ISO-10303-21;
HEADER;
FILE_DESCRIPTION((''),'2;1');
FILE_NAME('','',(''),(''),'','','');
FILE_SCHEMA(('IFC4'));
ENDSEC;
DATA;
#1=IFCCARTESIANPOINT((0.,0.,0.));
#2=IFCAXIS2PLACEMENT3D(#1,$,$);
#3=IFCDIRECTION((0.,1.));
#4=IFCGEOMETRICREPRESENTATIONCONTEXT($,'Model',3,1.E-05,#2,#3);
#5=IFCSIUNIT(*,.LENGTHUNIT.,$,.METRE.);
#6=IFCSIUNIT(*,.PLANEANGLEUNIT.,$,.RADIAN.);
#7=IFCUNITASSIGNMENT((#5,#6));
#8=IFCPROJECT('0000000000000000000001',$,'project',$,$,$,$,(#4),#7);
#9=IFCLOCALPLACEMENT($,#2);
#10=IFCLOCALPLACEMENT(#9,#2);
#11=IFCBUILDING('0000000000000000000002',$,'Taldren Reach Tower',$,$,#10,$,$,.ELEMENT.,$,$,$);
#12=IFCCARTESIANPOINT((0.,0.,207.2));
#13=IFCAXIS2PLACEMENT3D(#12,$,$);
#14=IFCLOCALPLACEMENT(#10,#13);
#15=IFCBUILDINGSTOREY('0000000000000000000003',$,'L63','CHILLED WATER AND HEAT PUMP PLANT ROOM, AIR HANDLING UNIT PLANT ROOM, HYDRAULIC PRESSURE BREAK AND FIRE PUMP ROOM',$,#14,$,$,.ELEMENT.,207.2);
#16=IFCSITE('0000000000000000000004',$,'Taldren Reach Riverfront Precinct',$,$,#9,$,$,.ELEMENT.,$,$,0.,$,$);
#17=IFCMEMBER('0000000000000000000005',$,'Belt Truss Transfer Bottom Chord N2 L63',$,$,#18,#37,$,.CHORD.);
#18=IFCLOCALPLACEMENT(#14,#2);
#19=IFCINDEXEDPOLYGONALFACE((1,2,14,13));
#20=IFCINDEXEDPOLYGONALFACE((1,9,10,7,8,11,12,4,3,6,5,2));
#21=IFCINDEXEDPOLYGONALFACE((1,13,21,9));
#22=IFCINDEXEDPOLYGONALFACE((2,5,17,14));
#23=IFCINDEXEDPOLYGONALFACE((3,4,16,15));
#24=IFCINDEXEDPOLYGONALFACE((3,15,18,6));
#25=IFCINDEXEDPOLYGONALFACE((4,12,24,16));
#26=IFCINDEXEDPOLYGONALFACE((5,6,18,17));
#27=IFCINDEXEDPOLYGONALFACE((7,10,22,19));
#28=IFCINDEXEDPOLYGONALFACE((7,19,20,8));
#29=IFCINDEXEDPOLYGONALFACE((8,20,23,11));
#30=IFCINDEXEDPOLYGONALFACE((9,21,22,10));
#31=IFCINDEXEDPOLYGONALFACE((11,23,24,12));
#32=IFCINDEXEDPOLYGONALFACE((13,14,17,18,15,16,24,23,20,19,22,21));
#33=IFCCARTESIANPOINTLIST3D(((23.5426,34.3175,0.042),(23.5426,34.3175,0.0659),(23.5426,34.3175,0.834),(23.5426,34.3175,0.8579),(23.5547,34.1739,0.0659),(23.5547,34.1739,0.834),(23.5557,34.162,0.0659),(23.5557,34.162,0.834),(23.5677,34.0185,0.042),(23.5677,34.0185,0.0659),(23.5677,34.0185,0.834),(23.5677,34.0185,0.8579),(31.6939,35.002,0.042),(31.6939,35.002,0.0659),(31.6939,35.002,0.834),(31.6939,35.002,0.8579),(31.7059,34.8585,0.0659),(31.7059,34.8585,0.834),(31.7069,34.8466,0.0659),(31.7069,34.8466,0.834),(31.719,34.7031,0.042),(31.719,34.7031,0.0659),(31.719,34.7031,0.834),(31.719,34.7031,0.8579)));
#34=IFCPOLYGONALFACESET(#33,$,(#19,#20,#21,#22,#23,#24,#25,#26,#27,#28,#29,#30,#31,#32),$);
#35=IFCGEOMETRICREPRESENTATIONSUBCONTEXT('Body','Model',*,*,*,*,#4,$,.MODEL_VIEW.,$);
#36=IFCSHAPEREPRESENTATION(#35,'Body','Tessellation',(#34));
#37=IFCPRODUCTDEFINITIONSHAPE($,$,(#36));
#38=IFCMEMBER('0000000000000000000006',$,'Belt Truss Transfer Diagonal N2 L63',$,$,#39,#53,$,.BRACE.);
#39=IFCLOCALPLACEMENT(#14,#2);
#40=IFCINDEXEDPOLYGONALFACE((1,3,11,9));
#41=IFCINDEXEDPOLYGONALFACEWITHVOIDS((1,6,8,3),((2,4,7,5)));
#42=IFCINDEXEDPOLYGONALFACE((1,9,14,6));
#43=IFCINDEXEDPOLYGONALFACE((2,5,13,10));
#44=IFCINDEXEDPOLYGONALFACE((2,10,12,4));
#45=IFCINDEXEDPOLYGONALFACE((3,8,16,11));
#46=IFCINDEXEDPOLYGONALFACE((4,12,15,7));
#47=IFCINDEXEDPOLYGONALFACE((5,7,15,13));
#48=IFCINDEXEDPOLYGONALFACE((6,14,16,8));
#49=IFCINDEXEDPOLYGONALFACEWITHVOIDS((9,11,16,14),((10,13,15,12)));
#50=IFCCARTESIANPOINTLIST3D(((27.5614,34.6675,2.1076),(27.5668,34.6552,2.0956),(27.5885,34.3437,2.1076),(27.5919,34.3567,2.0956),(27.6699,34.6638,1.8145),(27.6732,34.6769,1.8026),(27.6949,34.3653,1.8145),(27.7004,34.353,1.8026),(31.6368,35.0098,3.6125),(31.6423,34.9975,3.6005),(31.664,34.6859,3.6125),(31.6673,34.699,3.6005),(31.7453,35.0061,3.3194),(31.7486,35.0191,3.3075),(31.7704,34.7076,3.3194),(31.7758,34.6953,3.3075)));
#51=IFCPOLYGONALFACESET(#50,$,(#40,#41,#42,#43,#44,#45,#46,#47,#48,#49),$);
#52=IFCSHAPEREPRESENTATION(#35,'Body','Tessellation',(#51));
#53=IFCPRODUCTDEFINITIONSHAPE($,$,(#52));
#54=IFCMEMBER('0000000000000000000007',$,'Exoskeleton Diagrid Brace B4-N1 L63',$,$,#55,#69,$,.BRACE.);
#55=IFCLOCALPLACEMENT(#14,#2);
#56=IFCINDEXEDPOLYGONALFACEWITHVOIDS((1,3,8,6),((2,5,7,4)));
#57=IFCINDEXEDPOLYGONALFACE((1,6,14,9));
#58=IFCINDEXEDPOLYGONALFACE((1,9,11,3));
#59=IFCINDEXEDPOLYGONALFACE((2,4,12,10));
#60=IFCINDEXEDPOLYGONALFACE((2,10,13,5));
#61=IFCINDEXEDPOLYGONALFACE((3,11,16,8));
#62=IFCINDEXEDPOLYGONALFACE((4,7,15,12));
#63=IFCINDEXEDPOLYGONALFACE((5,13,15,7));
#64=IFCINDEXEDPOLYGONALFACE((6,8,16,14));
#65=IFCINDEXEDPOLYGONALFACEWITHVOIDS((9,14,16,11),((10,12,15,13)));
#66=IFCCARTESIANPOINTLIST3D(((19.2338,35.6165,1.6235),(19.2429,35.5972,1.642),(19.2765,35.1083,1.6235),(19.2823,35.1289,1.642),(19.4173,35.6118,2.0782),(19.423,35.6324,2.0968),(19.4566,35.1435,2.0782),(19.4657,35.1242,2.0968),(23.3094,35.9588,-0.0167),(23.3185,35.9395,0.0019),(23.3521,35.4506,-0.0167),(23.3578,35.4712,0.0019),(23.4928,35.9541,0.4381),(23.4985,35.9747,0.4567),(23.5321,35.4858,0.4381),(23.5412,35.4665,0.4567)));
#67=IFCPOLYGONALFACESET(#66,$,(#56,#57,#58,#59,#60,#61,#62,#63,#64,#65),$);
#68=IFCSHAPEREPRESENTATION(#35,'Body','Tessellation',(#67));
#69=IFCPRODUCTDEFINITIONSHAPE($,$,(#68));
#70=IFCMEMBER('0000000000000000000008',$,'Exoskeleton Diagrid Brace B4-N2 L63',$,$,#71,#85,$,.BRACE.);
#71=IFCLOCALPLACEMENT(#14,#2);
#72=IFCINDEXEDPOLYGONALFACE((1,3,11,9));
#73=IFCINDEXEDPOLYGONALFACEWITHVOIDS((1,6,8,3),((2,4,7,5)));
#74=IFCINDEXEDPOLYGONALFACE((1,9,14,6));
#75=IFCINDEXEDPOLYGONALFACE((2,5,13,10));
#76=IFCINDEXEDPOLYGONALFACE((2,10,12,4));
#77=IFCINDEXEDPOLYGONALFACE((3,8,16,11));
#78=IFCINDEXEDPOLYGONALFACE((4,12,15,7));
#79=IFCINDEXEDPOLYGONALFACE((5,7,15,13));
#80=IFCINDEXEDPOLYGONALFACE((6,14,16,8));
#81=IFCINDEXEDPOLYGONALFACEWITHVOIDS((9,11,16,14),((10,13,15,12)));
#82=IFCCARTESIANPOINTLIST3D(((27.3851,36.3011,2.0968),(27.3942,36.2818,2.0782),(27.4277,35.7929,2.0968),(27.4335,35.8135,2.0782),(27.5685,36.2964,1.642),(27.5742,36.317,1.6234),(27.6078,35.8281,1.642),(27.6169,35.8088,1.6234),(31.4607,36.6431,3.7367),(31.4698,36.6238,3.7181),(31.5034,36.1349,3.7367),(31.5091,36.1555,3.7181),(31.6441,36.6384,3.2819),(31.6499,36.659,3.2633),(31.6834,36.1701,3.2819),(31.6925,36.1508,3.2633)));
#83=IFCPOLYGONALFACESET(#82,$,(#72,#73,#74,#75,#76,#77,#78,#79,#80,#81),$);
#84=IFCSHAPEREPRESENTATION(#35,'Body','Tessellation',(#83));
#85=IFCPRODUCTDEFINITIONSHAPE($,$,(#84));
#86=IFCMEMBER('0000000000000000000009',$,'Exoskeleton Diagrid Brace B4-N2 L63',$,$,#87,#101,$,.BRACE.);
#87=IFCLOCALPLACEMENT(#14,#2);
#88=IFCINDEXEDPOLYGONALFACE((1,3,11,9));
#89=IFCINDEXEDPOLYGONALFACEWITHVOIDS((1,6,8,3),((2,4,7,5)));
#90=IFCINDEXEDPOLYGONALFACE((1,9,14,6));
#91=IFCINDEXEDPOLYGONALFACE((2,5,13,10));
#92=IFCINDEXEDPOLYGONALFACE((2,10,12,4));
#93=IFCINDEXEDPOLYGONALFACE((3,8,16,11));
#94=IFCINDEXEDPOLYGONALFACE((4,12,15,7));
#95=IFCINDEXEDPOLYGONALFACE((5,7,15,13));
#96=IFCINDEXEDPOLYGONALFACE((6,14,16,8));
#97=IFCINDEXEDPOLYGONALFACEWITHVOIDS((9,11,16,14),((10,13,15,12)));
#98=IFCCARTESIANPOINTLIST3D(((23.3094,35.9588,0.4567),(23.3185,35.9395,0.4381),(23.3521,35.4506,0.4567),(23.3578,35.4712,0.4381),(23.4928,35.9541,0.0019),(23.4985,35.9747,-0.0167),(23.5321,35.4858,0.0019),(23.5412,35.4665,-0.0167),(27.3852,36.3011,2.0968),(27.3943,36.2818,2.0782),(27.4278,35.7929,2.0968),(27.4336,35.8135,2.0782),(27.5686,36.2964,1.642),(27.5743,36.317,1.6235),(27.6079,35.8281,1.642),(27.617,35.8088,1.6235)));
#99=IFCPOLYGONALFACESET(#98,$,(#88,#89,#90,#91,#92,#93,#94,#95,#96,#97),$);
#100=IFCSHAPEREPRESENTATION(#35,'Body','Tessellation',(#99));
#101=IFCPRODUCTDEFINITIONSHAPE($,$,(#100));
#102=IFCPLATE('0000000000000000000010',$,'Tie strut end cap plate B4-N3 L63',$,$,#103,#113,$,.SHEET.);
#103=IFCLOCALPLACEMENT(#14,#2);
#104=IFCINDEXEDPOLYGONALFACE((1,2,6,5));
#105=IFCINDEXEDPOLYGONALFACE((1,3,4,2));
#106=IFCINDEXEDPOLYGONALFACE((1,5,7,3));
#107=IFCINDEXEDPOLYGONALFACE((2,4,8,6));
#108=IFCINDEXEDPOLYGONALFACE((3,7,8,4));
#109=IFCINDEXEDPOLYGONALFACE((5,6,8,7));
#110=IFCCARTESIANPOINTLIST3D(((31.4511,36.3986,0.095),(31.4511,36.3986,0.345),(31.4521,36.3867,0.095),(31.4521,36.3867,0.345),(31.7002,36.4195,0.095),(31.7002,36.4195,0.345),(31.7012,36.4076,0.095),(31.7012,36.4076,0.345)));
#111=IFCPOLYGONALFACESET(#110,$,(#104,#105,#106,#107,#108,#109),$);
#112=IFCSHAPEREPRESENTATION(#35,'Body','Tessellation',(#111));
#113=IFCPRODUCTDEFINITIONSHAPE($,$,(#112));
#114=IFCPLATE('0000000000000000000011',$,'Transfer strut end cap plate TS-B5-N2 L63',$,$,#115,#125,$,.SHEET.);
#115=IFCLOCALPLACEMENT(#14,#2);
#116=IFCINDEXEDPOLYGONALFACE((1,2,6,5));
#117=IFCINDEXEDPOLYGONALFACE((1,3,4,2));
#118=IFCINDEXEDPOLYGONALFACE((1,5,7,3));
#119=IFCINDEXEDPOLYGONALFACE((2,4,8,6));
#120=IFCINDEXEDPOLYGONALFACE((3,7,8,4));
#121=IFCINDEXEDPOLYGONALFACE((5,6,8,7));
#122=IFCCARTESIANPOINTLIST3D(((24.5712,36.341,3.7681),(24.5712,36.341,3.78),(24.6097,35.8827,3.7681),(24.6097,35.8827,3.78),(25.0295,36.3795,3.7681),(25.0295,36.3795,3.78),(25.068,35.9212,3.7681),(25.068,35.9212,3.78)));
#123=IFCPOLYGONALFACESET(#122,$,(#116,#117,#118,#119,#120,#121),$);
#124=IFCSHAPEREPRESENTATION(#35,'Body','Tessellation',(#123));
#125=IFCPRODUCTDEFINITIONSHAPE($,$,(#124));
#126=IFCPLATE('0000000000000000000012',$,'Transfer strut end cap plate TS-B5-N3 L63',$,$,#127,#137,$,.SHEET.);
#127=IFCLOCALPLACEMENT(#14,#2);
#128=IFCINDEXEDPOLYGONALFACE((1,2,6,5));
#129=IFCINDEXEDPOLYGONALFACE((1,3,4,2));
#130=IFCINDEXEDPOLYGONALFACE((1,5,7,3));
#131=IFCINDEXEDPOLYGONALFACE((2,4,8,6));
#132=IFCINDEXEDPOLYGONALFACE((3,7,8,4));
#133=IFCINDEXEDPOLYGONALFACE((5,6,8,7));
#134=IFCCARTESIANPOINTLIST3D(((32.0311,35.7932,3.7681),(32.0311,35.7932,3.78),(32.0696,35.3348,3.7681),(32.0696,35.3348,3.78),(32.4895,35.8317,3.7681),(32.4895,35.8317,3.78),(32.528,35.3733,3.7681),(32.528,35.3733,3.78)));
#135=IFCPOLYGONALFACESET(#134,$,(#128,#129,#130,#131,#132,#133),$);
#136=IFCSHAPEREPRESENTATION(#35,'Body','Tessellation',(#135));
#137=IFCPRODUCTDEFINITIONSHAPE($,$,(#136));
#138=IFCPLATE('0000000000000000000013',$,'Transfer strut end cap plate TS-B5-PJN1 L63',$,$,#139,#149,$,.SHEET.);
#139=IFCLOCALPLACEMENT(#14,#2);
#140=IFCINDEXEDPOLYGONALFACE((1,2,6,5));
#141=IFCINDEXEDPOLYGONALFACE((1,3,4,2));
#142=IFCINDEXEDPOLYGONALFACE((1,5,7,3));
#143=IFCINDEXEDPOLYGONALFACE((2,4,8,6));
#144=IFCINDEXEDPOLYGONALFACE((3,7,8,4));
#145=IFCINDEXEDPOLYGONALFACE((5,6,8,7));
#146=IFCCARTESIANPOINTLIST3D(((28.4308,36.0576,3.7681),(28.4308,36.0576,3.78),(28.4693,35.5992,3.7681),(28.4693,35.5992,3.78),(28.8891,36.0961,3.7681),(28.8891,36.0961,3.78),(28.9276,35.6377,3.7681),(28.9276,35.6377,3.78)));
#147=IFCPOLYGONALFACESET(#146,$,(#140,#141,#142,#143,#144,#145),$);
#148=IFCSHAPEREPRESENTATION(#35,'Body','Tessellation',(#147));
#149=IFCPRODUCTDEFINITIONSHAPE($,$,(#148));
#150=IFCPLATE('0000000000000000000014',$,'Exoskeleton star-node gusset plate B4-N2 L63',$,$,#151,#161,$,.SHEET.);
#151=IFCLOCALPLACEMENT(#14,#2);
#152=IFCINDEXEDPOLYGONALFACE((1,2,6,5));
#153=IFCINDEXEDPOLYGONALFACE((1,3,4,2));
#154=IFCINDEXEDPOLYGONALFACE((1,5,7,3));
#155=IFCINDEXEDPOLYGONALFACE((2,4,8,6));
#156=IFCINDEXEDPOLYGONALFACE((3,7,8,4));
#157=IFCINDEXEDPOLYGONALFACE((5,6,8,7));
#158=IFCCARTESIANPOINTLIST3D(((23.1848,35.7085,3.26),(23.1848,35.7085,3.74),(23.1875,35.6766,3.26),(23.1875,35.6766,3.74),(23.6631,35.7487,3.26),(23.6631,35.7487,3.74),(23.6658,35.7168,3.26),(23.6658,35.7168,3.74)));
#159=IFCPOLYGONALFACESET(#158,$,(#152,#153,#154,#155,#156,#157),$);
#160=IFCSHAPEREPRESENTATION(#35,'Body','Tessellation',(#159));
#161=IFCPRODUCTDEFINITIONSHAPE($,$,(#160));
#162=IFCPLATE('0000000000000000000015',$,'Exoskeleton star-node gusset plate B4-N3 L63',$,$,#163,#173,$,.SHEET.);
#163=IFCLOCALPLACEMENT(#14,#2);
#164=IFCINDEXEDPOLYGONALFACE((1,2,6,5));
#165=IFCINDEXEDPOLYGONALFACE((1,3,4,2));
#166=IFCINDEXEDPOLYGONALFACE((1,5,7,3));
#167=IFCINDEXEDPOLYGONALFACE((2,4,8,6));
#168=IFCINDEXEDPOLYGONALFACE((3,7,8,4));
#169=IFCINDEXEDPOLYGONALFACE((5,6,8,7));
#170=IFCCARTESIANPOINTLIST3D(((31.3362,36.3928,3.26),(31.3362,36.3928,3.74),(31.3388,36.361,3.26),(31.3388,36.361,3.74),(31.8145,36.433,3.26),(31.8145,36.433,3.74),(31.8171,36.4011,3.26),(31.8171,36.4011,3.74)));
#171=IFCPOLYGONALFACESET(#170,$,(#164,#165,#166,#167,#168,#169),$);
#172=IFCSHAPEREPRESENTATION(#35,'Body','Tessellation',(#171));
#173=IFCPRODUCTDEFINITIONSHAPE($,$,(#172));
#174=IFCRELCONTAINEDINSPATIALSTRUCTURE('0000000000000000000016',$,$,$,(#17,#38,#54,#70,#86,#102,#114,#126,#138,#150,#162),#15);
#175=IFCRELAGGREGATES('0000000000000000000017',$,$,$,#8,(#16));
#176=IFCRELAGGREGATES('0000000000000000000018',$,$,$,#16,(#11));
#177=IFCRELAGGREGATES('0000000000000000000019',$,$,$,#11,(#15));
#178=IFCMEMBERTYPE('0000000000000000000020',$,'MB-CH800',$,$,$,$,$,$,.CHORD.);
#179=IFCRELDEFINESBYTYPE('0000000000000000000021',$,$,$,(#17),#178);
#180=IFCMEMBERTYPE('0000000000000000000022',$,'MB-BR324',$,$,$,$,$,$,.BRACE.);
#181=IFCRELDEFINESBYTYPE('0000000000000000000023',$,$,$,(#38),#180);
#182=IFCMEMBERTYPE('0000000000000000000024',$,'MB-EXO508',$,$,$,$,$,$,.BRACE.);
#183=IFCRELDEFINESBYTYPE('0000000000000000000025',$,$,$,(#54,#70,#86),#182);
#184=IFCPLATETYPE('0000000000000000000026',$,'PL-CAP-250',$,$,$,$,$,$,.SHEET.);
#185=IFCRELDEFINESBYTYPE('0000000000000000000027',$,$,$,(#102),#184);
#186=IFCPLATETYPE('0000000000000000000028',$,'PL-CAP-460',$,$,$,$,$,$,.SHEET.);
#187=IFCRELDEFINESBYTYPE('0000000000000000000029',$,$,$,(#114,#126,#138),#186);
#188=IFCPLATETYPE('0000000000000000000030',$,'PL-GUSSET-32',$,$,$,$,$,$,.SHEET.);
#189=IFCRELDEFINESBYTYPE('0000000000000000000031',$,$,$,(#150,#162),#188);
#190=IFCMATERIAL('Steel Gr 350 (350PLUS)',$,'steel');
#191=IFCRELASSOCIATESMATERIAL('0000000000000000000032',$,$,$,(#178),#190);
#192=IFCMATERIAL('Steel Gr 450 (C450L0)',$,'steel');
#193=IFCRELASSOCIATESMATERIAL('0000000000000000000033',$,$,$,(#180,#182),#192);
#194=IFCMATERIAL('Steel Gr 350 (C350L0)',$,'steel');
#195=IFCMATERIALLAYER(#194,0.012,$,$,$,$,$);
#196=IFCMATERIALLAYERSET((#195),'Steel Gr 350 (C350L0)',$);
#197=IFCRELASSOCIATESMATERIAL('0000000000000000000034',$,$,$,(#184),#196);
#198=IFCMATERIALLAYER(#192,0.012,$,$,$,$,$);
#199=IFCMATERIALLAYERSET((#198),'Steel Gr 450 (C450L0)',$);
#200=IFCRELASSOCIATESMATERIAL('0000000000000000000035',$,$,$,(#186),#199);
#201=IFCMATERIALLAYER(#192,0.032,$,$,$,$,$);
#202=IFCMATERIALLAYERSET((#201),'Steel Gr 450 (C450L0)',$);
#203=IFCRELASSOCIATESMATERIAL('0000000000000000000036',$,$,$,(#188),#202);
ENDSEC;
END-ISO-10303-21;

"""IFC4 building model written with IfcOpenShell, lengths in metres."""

from ifc_helpers import new_model, si_unit, direction, frame, origin, origin_2d, place, context, subcontext, project, spatial, rectangle, hollow_rectangle, i_section, extrude, source, transform, mapped, material, layer, layer_set, material_profile, profile_set, type_object, element, save


model = new_model("IFC4")

# Units and contexts
model_context = context("Model", 3, precision=1e-05, world=origin(), true_north=direction((0.0, 1.0)))
body_context = subcontext(model_context, "Body", "Model", "MODEL_VIEW")
ifc_project = project(units=[si_unit("LENGTHUNIT", "METRE"), si_unit("PLANEANGLEUNIT", "RADIAN")], contexts=[model_context])

# Site, building, storey
site_placement = place(None, origin())
site = spatial("IfcSite", under=ifc_project, at=site_placement, Name="Taldren Reach Riverfront Precinct", CompositionType="ELEMENT", RefElevation=0.0)
building_placement = place(site_placement, origin())
building = spatial("IfcBuilding", under=site, at=building_placement, Name="Taldren Reach Tower", CompositionType="ELEMENT")
storey_placement = place(building_placement, frame((0.0, 0.0, 207.2)))
storey = spatial("IfcBuildingStorey", under=building, at=storey_placement, Name="L63", Description="CHILLED WATER AND HEAT PUMP PLANT ROOM, AIR HANDLING UNIT PLANT ROOM, HYDRAULIC PRESSURE BREAK AND FIRE PUMP ROOM", CompositionType="ELEMENT", Elevation=207.2)

# Shared definitions
ifc_material_1 = material(Name="Steel Gr 350 (350PLUS)", Category="steel")

# Shared definitions
ifc_material_2 = material(Name="Steel Gr 350 (C350L0)", Category="steel")

# Members
ifc_material_3 = material(Name="Steel Gr 450 (C450L0)", Category="steel")
ifc_material_profile_1 = material_profile(ifc_material_1, i_section(OverallWidth=0.3, OverallDepth=0.8159, WebThickness=0.012, FlangeThickness=0.0239, at=origin_2d()), Name="800WB192")
ifc_profile_set_1 = profile_set([ifc_material_profile_1], Name="Steel Gr 350 (350PLUS)")
member_type_1 = type_object("IfcMemberType", Name="MB-CH800", PredefinedType="CHORD", material=ifc_profile_set_1)
ifc_material_profile_2 = material_profile(ifc_material_3, hollow_rectangle(XDim=0.325, YDim=0.325, WallThickness=0.0127, at=origin_2d()), Name="325x325x12.7SHS")
ifc_profile_set_2 = profile_set([ifc_material_profile_2], Name="Steel Gr 450 (C450L0)")
member_type_2 = type_object("IfcMemberType", Name="MB-BR324", PredefinedType="BRACE", material=ifc_profile_set_2)
shared_shape_1 = source(origin(), body_context, "Body", "SweptSolid", [
    extrude(i_section(OverallWidth=0.3, OverallDepth=0.8159, WebThickness=0.012, FlangeThickness=0.0239, at=origin_2d()), origin(), (0.0, 0.0, 1.0), 8.1799),
])
member_1_placement = place(storey_placement, frame((23.5552, 34.168, 0.45), z_axis=(0.996492, 0.08369, 0.0), x_axis=(-0.08369, 0.996492, 0.0)))
element("IfcMember", 1, at=member_1_placement, inside=storey, type_object=member_type_1, Name="Belt Truss Transfer Bottom Chord N2 L63", PredefinedType="CHORD", context=body_context, shape_type="MappedRepresentation", body=[
    mapped(shared_shape_1, transform((0.0, 0.0, 0.0), scale=1.0)),
])
shared_shape_2 = source(origin(), body_context, "Body", "SweptSolid", [
    extrude(hollow_rectangle(XDim=0.325, YDim=0.325, WallThickness=0.0127, at=origin_2d()), origin(), (0.0, 0.0, 1.0), 4.3579),
])
member_2_placement = place(storey_placement, frame((27.6309, 34.5103, 1.9551), z_axis=(0.935191, 0.078544, 0.345325), x_axis=(-0.083693, 0.996492, 0.0)))
element("IfcMember", 2, at=member_2_placement, inside=storey, type_object=member_type_2, Name="Belt Truss Transfer Diagonal N2 L63", PredefinedType="BRACE", context=body_context, shape_type="MappedRepresentation", body=[
    mapped(shared_shape_2, transform((0.0, 0.0, 0.0), scale=1.0)),
])
ifc_material_profile_3 = material_profile(ifc_material_3, hollow_rectangle(XDim=0.51, YDim=0.51, WallThickness=0.02, at=origin_2d()), Name="510x510x20.0SHS")
ifc_profile_set_3 = profile_set([ifc_material_profile_3], Name="Steel Gr 450 (C450L0)")
member_type_3 = type_object("IfcMemberType", Name="MB-EXO508", PredefinedType="BRACE", material=ifc_profile_set_3)
shared_shape_3 = source(origin(), body_context, "Body", "SweptSolid", [
    extrude(hollow_rectangle(XDim=0.51, YDim=0.51, WallThickness=0.02, at=origin_2d()), origin(), (0.0, 0.0, 1.0), 4.4065),
])
for number, where, z_axis, x_axis, name in (
    (3, (23.4253, 35.7126, 0.22), (-0.92489, -0.077679, 0.372216), (0.083693, -0.996492, 0.0), "Exoskeleton Diagrid Brace B4-N1 L63"),
    (4, (27.501, 36.0549, 1.8601), (0.924921, 0.077622, 0.372151), (-0.083628, 0.996497, 0.0), "Exoskeleton Diagrid Brace B4-N2 L63"),
):
    element("IfcMember", number, at=place(storey_placement, frame(where, z_axis=z_axis, x_axis=x_axis)), inside=storey, type_object=member_type_3, Name=name, PredefinedType="BRACE", context=body_context, shape_type="MappedRepresentation", body=[
        mapped(shared_shape_3, transform((0.0, 0.0, 0.0), scale=1.0)),
    ])
shared_shape_4 = source(origin(), body_context, "Body", "SweptSolid", [
    extrude(hollow_rectangle(XDim=0.51, YDim=0.51, WallThickness=0.02, at=origin_2d()), origin(), (0.0, 0.0, 1.0), 4.4067),
])
member_3_placement = place(storey_placement, frame((23.4253, 35.7126, 0.22), z_axis=(0.924898, 0.077675, 0.372197), x_axis=(-0.083688, 0.996492, 0.0)))
element("IfcMember", 5, at=member_3_placement, inside=storey, type_object=member_type_3, Name="Exoskeleton Diagrid Brace B4-N2 L63", PredefinedType="BRACE", context=body_context, shape_type="MappedRepresentation", body=[
    mapped(shared_shape_4, transform((0.0, 0.0, 0.0), scale=1.0)),
])

# Plates
ifc_layer_1 = layer(ifc_material_2, 0.012)
ifc_layer_set_1 = layer_set([ifc_layer_1], Name="Steel Gr 350 (C350L0)")
plate_type_1 = type_object("IfcPlateType", Name="PL-CAP-250", PredefinedType="SHEET", material=ifc_layer_set_1)
shared_shape_5 = source(origin(), body_context, "Body", "SweptSolid", [
    extrude(rectangle(XDim=0.25, YDim=0.012, at=origin_2d()), origin(), (0.0, 0.0, 1.0), 0.25),
])
plate_placement = place(storey_placement, frame((31.5762, 36.4031, 0.095), z_axis=(0.0, 0.0, 1.0), x_axis=(0.996493, 0.083678, 0.0)))
element("IfcPlate", 6, at=plate_placement, inside=storey, type_object=plate_type_1, Name="Tie strut end cap plate B4-N3 L63", PredefinedType="SHEET", context=body_context, shape_type="MappedRepresentation", body=[
    mapped(shared_shape_5, transform((0.0, 0.0, 0.0), scale=1.0)),
])
ifc_layer_2 = layer(ifc_material_3, 0.012)
ifc_layer_set_2 = layer_set([ifc_layer_2], Name="Steel Gr 450 (C450L0)")
plate_type_2 = type_object("IfcPlateType", Name="PL-CAP-460", PredefinedType="SHEET", material=ifc_layer_set_2)
shared_shape_6 = source(origin(), body_context, "Body", "SweptSolid", [
    extrude(rectangle(XDim=0.46, YDim=0.46, at=origin_2d()), origin(), (0.0, 0.0, 1.0), 0.012),
])
for number, where, z_axis, x_axis, name in (
    (7, (24.8196, 36.1311, 3.7681), (0.0, 0.0, 1.0), (0.996493, 0.083678, 0.0), "Transfer strut end cap plate TS-B5-N2 L63"),
    (8, (32.2795, 35.5833, 3.7681), (0.0, 0.0, 1.0), (0.996493, 0.083678, 0.0), "Transfer strut end cap plate TS-B5-N3 L63"),
    (9, (28.6792, 35.8477, 3.7681), (0.0, 0.0, 1.0), (0.996493, 0.083678, 0.0), "Transfer strut end cap plate TS-B5-PJN1 L63"),
):
    element("IfcPlate", number, at=place(storey_placement, frame(where, z_axis=z_axis, x_axis=x_axis)), inside=storey, type_object=plate_type_2, Name=name, PredefinedType="SHEET", context=body_context, shape_type="MappedRepresentation", body=[
        mapped(shared_shape_6, transform((0.0, 0.0, 0.0), scale=1.0)),
    ])
ifc_layer_3 = layer(ifc_material_3, 0.032)
ifc_layer_set_3 = layer_set([ifc_layer_3], Name="Steel Gr 450 (C450L0)")
plate_type_3 = type_object("IfcPlateType", Name="PL-GUSSET-32", PredefinedType="SHEET", material=ifc_layer_set_3)
shared_shape_7 = source(origin(), body_context, "Body", "SweptSolid", [
    extrude(rectangle(XDim=0.48, YDim=0.032, at=origin_2d()), origin(), (0.0, 0.0, 1.0), 0.48),
])
for number, where, z_axis, x_axis, name in (
    (10, (23.4253, 35.7126, 3.26), (0.0, 0.0, 1.0), (0.996493, 0.083678, 0.0), "Exoskeleton star-node gusset plate B4-N2 L63"),
    (11, (31.5767, 36.397, 3.26), (0.0, 0.0, 1.0), (0.996493, 0.083678, 0.0), "Exoskeleton star-node gusset plate B4-N3 L63"),
):
    element("IfcPlate", number, at=place(storey_placement, frame(where, z_axis=z_axis, x_axis=x_axis)), inside=storey, type_object=plate_type_3, Name=name, PredefinedType="SHEET", context=body_context, shape_type="MappedRepresentation", body=[
        mapped(shared_shape_7, transform((0.0, 0.0, 0.0), scale=1.0)),
    ])

save(model, "model.ifc")
